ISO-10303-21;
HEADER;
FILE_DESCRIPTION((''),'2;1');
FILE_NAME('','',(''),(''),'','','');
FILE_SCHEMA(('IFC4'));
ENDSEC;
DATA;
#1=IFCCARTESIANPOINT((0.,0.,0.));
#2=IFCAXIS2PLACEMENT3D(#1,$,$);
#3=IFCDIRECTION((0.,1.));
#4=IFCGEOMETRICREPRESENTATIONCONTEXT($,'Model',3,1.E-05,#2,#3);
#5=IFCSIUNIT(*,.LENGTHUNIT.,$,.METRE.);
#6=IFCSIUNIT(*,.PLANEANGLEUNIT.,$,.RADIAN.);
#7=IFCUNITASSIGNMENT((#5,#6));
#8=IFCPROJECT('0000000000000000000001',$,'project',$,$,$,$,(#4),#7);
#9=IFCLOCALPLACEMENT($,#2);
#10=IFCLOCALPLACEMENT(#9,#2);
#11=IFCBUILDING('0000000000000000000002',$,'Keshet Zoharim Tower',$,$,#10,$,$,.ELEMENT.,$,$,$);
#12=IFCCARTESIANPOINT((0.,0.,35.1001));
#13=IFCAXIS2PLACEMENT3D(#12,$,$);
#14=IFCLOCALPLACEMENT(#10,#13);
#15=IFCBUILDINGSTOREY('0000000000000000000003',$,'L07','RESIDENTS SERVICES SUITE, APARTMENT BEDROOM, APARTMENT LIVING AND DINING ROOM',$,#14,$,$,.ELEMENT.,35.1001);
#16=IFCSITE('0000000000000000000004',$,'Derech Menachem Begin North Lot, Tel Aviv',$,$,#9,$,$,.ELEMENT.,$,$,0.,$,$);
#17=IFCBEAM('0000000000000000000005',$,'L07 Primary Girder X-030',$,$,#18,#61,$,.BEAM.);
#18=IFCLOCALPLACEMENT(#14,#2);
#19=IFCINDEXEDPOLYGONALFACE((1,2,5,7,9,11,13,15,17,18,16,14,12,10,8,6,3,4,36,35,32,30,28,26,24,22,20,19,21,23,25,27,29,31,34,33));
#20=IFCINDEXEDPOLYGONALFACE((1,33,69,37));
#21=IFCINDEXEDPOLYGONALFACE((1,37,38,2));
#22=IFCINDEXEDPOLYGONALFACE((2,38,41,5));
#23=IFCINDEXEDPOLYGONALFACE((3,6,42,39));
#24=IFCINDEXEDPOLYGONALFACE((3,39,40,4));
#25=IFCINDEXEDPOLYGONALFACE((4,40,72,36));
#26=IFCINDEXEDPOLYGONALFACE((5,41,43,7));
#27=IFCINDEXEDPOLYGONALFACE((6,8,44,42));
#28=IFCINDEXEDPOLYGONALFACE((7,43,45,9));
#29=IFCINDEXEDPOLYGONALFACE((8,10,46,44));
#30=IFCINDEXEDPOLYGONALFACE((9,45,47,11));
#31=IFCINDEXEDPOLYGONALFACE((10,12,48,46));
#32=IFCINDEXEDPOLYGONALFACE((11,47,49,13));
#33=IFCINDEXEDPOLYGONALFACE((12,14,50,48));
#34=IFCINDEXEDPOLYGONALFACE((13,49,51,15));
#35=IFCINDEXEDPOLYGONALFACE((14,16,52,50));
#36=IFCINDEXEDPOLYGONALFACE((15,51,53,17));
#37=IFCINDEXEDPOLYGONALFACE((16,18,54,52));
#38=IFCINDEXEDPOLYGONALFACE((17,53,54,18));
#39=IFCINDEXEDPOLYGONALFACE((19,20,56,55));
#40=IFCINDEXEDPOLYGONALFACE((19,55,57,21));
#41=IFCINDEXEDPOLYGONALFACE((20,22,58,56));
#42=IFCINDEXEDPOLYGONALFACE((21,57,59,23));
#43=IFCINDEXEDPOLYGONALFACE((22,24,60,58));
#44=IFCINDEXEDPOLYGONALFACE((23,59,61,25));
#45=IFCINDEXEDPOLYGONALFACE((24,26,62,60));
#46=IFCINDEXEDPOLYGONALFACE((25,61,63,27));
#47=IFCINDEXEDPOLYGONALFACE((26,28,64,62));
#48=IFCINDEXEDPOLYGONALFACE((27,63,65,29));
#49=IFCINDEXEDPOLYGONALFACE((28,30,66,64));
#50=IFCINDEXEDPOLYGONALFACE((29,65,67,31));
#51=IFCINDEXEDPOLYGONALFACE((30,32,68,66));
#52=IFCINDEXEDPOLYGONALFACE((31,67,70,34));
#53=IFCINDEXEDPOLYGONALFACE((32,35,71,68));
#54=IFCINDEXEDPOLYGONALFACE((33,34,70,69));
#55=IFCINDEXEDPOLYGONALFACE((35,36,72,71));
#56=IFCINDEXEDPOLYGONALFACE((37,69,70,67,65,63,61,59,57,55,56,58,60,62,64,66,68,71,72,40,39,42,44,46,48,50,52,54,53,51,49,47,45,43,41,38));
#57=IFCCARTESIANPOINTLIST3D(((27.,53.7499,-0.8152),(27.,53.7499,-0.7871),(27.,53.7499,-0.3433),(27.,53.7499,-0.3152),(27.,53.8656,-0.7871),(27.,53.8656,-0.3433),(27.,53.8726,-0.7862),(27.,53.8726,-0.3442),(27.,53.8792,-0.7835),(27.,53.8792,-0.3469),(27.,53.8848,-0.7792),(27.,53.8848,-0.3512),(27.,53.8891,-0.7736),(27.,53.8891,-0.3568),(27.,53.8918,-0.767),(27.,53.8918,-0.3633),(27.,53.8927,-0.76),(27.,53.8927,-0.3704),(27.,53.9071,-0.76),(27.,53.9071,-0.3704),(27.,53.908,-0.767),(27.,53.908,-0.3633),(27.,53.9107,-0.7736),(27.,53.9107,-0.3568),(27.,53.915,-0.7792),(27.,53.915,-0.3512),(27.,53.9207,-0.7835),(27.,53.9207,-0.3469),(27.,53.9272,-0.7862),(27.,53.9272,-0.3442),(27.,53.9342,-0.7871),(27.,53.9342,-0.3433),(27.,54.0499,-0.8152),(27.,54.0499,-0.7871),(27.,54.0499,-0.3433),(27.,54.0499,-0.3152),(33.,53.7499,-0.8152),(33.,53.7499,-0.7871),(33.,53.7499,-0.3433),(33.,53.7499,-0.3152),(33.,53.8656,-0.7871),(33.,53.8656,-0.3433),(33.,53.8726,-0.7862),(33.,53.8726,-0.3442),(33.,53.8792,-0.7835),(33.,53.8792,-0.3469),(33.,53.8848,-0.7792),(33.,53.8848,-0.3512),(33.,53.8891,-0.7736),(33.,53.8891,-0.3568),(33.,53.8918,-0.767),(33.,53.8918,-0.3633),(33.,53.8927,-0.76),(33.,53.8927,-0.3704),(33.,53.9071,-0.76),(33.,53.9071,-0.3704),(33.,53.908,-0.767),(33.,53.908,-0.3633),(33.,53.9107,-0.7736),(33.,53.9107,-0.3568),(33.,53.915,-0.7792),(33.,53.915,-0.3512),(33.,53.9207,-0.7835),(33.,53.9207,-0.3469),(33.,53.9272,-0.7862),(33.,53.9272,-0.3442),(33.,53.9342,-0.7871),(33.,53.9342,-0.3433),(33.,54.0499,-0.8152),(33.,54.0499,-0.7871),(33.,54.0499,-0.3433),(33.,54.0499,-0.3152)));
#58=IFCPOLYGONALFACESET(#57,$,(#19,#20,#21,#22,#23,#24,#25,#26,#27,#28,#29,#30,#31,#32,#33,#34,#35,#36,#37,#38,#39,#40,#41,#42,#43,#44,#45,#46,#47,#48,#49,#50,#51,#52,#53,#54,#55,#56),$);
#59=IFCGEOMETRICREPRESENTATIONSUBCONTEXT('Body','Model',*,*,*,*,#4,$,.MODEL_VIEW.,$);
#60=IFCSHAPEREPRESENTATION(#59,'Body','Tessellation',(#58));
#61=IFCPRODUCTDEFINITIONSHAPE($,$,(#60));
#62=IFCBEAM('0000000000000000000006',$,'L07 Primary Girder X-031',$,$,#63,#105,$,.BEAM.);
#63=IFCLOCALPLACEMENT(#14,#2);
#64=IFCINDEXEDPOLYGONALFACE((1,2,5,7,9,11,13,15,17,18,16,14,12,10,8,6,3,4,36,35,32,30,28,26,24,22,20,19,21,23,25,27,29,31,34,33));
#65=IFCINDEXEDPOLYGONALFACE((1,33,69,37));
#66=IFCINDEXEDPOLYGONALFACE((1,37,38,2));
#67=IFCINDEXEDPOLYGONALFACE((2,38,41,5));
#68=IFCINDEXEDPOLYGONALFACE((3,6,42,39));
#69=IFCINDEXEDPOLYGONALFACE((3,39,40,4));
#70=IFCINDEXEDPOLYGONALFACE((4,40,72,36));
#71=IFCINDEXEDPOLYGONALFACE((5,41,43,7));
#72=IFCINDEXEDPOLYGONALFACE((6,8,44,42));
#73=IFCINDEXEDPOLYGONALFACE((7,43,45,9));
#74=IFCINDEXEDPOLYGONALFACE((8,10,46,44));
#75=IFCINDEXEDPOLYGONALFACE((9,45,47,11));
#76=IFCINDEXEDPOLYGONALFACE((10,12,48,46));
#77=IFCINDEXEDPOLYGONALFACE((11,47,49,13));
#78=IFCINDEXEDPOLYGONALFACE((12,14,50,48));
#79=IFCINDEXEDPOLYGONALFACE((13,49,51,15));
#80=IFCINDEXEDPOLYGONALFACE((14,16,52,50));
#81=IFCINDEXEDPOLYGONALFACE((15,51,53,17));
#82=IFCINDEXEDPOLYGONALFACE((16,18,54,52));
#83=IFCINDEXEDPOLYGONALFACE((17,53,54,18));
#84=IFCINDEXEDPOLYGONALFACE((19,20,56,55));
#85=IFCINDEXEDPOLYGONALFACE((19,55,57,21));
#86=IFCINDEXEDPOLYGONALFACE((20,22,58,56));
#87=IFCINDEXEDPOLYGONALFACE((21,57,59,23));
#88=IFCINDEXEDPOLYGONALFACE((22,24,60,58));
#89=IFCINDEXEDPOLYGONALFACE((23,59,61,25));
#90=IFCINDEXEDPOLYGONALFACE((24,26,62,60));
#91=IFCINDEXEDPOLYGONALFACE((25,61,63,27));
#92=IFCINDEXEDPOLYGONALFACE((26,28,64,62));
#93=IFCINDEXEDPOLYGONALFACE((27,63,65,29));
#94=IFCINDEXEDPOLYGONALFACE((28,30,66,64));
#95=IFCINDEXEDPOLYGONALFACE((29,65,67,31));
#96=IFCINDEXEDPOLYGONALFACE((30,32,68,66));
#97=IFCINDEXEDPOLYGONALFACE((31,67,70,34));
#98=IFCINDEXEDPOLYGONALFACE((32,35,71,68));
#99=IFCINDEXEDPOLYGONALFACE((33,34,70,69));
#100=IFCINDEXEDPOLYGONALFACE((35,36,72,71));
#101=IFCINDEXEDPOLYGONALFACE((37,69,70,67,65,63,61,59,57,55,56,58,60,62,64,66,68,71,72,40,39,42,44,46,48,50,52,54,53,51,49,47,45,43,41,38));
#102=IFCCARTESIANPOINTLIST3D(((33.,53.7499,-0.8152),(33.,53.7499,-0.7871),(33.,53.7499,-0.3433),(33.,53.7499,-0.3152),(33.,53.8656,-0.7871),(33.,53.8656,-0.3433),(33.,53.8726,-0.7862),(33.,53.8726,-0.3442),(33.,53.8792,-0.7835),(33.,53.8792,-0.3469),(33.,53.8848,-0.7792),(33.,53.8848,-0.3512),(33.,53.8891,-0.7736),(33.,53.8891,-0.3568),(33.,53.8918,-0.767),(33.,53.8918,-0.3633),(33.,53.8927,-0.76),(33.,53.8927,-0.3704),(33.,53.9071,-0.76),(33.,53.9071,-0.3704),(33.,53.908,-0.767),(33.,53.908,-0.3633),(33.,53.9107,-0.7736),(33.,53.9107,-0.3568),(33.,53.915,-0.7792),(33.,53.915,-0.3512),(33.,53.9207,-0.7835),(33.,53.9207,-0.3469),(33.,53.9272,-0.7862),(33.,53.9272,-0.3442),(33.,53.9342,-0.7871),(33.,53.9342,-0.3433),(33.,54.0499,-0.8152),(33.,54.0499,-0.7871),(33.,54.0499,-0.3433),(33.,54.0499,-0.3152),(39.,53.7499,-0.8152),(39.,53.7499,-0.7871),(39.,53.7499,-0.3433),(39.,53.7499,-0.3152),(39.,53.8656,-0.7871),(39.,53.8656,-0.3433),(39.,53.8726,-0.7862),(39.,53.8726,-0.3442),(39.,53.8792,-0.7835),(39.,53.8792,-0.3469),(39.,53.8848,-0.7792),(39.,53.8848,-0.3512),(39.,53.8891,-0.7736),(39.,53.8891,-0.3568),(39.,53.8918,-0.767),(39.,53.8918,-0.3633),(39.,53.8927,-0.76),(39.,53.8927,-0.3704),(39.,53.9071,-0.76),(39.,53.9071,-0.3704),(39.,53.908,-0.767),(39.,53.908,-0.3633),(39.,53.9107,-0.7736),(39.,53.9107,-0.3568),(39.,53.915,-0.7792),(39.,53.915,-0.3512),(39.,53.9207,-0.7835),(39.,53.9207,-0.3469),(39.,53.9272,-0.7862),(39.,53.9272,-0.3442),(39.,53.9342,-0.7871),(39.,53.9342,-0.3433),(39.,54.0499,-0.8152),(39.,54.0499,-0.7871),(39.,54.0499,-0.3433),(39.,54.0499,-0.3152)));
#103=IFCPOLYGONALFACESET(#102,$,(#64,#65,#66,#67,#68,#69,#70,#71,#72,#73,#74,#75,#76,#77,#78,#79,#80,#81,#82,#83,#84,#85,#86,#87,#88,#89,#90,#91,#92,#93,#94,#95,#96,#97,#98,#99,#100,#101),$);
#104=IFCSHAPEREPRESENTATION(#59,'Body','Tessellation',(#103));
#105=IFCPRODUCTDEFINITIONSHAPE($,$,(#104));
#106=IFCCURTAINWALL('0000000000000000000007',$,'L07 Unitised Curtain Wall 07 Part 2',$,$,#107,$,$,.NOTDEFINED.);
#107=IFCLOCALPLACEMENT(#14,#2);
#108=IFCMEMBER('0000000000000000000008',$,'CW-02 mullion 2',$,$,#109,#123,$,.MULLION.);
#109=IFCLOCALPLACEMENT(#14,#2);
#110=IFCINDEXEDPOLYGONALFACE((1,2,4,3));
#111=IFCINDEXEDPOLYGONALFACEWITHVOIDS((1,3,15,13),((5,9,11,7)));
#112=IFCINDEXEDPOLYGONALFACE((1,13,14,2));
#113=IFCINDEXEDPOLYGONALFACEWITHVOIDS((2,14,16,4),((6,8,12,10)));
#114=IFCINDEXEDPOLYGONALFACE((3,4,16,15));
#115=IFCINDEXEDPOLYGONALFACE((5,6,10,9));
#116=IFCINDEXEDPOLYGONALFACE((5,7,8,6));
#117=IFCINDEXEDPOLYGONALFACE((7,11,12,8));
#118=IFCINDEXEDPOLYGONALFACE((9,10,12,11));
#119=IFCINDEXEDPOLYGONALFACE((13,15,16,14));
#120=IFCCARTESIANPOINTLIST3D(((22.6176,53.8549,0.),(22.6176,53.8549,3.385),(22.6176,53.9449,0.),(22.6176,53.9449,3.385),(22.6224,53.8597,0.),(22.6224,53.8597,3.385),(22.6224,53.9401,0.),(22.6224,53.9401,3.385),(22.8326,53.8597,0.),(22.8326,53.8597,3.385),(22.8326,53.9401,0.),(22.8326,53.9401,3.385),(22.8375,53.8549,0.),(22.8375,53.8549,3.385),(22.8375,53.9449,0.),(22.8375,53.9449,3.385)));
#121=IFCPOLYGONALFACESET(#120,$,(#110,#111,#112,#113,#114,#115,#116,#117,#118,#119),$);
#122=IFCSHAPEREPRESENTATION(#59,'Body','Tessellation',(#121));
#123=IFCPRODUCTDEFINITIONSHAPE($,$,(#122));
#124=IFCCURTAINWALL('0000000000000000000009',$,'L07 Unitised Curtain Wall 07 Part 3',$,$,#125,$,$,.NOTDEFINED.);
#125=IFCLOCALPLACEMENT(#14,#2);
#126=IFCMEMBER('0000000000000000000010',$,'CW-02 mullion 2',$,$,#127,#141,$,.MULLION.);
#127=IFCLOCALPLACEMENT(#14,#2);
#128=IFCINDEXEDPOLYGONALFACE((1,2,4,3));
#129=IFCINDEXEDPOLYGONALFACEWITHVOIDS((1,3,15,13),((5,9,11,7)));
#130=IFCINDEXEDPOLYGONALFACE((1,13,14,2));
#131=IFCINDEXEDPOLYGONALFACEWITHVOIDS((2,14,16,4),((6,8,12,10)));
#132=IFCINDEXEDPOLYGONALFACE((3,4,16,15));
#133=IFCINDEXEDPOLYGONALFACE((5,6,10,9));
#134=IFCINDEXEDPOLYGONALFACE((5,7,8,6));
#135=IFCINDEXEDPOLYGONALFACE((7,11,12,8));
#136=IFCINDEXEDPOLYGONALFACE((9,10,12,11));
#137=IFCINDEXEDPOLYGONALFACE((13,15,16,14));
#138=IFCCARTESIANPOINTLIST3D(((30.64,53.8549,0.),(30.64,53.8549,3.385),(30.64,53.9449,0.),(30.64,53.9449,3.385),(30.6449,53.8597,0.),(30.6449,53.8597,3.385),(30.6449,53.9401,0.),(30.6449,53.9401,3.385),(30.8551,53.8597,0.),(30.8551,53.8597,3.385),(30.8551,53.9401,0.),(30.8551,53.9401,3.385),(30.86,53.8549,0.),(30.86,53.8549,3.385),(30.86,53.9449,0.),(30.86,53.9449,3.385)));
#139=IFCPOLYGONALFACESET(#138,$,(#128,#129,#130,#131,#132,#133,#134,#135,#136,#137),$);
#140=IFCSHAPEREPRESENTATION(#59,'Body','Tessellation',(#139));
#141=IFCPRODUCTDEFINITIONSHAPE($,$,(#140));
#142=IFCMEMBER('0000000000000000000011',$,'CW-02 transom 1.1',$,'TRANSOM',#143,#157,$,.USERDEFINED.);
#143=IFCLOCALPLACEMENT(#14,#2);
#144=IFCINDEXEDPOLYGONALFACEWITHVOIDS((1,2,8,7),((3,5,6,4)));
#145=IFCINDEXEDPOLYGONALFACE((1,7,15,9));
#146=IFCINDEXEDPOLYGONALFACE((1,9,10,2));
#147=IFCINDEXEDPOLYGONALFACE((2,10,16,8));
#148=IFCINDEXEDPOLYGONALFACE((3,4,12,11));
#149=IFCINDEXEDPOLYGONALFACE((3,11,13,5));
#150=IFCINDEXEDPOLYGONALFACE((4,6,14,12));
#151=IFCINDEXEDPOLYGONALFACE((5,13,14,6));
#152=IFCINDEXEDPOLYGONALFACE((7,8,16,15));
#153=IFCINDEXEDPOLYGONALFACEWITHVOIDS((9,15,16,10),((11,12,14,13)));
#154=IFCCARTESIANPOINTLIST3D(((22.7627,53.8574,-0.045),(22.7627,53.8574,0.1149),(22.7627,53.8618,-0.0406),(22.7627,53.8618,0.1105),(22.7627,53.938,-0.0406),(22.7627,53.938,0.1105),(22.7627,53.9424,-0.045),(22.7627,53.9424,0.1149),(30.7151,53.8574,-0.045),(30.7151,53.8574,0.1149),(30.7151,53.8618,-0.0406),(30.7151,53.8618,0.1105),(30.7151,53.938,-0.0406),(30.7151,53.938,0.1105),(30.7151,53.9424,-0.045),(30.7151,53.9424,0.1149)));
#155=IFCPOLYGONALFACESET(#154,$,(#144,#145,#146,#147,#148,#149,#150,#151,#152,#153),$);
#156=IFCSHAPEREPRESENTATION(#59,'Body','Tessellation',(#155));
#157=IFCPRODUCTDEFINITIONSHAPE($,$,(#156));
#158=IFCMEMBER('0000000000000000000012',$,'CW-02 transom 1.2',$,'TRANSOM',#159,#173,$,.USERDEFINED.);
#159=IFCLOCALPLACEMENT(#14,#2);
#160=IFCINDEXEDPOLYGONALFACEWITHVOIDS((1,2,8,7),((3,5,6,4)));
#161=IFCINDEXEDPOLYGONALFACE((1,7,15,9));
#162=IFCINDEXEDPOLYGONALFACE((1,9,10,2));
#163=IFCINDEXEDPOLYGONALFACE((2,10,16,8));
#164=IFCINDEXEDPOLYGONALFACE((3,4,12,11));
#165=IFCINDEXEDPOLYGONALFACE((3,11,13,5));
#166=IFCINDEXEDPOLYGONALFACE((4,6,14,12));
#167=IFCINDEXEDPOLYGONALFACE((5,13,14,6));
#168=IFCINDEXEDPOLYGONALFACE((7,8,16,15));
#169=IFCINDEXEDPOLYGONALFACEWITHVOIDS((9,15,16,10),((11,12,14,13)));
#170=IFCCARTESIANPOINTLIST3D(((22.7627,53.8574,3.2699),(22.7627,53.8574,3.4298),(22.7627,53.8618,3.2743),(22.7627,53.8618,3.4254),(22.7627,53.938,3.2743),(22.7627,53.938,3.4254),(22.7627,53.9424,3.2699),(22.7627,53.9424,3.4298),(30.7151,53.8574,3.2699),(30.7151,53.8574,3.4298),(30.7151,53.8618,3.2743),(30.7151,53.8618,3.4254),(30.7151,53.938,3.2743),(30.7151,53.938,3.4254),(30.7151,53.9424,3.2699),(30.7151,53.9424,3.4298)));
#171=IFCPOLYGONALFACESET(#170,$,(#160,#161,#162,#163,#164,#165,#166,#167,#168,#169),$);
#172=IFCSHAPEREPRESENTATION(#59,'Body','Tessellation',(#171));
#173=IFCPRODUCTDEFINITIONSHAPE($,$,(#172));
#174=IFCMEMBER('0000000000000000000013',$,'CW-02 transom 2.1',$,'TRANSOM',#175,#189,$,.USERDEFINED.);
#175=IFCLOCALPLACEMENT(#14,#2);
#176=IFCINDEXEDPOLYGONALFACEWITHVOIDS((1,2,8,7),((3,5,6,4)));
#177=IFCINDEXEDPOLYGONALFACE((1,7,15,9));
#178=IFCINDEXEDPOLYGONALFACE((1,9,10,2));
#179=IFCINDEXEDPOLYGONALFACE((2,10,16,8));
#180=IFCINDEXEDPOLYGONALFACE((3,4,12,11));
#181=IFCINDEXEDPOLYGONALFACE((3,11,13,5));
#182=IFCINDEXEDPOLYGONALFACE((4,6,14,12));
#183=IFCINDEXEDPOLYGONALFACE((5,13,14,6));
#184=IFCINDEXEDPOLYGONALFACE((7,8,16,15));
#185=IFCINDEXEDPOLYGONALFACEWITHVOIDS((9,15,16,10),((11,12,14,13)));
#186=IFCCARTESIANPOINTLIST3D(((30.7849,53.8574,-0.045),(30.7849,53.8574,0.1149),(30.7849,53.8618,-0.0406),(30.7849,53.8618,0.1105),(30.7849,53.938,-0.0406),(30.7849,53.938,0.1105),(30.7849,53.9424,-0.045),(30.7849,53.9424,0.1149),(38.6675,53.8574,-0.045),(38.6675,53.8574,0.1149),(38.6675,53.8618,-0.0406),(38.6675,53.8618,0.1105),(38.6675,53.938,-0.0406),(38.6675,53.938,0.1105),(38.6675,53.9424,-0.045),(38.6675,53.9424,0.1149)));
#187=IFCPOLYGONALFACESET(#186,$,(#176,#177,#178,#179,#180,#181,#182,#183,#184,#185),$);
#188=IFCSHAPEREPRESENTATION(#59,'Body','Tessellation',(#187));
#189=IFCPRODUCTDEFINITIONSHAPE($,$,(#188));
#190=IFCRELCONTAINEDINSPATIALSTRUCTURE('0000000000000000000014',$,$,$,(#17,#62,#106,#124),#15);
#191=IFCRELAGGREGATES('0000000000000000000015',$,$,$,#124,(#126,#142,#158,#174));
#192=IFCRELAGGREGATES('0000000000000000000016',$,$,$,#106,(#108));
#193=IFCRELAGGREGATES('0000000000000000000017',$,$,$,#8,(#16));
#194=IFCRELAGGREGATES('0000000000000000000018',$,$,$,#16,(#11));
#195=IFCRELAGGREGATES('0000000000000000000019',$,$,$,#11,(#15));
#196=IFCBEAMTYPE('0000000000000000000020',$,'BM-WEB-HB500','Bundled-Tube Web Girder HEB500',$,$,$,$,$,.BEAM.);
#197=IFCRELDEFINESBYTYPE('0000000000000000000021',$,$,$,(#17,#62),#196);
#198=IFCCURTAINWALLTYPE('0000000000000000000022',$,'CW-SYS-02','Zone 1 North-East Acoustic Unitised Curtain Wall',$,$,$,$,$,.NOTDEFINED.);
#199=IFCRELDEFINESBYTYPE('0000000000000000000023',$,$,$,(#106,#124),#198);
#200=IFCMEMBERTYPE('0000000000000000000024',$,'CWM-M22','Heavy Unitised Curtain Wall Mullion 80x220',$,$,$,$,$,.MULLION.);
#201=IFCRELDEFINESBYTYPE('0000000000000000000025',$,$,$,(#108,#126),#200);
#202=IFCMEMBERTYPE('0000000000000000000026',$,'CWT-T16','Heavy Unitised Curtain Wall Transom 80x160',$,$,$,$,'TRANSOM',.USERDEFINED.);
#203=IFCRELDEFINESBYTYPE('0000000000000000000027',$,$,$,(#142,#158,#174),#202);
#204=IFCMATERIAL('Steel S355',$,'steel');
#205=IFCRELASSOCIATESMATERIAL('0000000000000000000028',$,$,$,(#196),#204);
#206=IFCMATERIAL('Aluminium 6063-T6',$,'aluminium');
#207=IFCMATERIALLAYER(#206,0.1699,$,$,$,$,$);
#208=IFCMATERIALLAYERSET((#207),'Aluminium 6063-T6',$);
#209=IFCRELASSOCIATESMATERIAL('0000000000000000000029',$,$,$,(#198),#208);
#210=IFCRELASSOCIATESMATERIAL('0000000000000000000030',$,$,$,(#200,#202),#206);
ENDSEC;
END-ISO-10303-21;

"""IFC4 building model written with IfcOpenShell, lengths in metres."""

from ifc_helpers import new_model, si_unit, direction, frame, origin, origin_2d, place, context, subcontext, project, spatial, hollow_rectangle, i_section, extrude, material, layer, layer_set, material_profile, profile_set, type_object, element, aggregate, save


model = new_model("IFC4")

# Units and contexts
model_context = context("Model", 3, precision=1e-05, world=origin(), true_north=direction((0.0, 1.0)))
body_context = subcontext(model_context, "Body", "Model", "MODEL_VIEW")
ifc_project = project(units=[si_unit("LENGTHUNIT", "METRE"), si_unit("PLANEANGLEUNIT", "RADIAN")], contexts=[model_context])

# Site, building, storey
site_placement = place(None, origin())
site = spatial("IfcSite", under=ifc_project, at=site_placement, Name="Derech Menachem Begin North Lot, Tel Aviv", CompositionType="ELEMENT", RefElevation=0.0)
building_placement = place(site_placement, origin())
building = spatial("IfcBuilding", under=site, at=building_placement, Name="Keshet Zoharim Tower", CompositionType="ELEMENT")
storey_placement = place(building_placement, frame((0.0, 0.0, 35.1001)))
storey = spatial("IfcBuildingStorey", under=building, at=storey_placement, Name="L07", Description="RESIDENTS SERVICES SUITE, APARTMENT BEDROOM, APARTMENT LIVING AND DINING ROOM", CompositionType="ELEMENT", Elevation=35.1001)

# Shared definitions
ifc_material_1 = material(Name="Steel S355", Category="steel")

# Beams
ifc_material_profile_1 = material_profile(ifc_material_1, i_section(OverallWidth=0.3, OverallDepth=0.5, WebThickness=0.0144, FlangeThickness=0.0281, FilletRadius=0.0271, at=origin_2d()), Name="HEB500")
ifc_profile_set_1 = profile_set([ifc_material_profile_1], Name="Steel S355")
beam_type = type_object("IfcBeamType", Name="BM-WEB-HB500", Description="Bundled-Tube Web Girder HEB500", PredefinedType="BEAM", material=ifc_profile_set_1)
for number, where, z_axis, x_axis, name in (
    (1, (27.0, 53.8999, -0.5652), (1.0, 0.0, 0.0), (0.0, 1.0, 0.0), "L07 Primary Girder X-030"),
    (2, (33.0, 53.8999, -0.5652), (1.0, 0.0, 0.0), (0.0, 1.0, 0.0), "L07 Primary Girder X-031"),
):
    element("IfcBeam", number, at=place(storey_placement, frame(where, z_axis=z_axis, x_axis=x_axis)), inside=storey, type_object=beam_type, Name=name, PredefinedType="BEAM", context=body_context, shape_type="SweptSolid", body=[
        extrude(i_section(OverallWidth=0.3, OverallDepth=0.5, WebThickness=0.0144, FlangeThickness=0.0281, FilletRadius=0.0271, at=origin_2d()), origin(), (0.0, 0.0, 1.0), 6.0),
    ])

# Curtain wall, member
ifc_material_2 = material(Name="Aluminium 6063-T6", Category="aluminium")
ifc_layer_1 = layer(ifc_material_2, 0.1699)
ifc_layer_set_1 = layer_set([ifc_layer_1], Name="Aluminium 6063-T6")
curtain_wall_type = type_object("IfcCurtainWallType", Name="CW-SYS-02", Description="Zone 1 North-East Acoustic Unitised Curtain Wall", PredefinedType="NOTDEFINED", material=ifc_layer_set_1)
curtain_wall_1_placement = place(storey_placement, origin())
curtain_wall_1 = element("IfcCurtainWall", 3, at=curtain_wall_1_placement, inside=storey, type_object=curtain_wall_type, Name="L07 Unitised Curtain Wall 07 Part 2", PredefinedType="NOTDEFINED")
ifc_material_profile_2 = material_profile(ifc_material_2, hollow_rectangle(XDim=0.0901, YDim=0.22, WallThickness=0.0049, at=origin_2d()), Name="MUL-90x220")
ifc_profile_set_2 = profile_set([ifc_material_profile_2], Name="Aluminium 6063-T6")
member_type_1 = type_object("IfcMemberType", Name="CWM-M22", Description="Heavy Unitised Curtain Wall Mullion 80x220", PredefinedType="MULLION", material=ifc_profile_set_2)
member_1_placement = place(storey_placement, frame((22.7275, 53.8999, 0.0), z_axis=(0.0, 0.0, 1.0), x_axis=(0.0, 1.0, 0.0)))
member_1 = element("IfcMember", 4, at=member_1_placement, type_object=member_type_1, Name="CW-02 mullion 2", PredefinedType="MULLION", context=body_context, shape_type="SweptSolid", body=[
    extrude(hollow_rectangle(XDim=0.0901, YDim=0.22, WallThickness=0.0049, at=origin_2d()), origin(), (0.0, 0.0, 1.0), 3.385),
])

# Curtain wall, members
curtain_wall_2_placement = place(storey_placement, origin())
curtain_wall_2 = element("IfcCurtainWall", 5, at=curtain_wall_2_placement, inside=storey, type_object=curtain_wall_type, Name="L07 Unitised Curtain Wall 07 Part 3", PredefinedType="NOTDEFINED")
member_2_placement = place(storey_placement, frame((30.75, 53.8999, 0.0), z_axis=(0.0, 0.0, 1.0), x_axis=(0.0, 1.0, 0.0)))
member_2 = element("IfcMember", 6, at=member_2_placement, type_object=member_type_1, Name="CW-02 mullion 2", PredefinedType="MULLION", context=body_context, shape_type="SweptSolid", body=[
    extrude(hollow_rectangle(XDim=0.0901, YDim=0.22, WallThickness=0.0049, at=origin_2d()), origin(), (0.0, 0.0, 1.0), 3.385),
])
ifc_material_profile_3 = material_profile(ifc_material_2, hollow_rectangle(XDim=0.085, YDim=0.1599, WallThickness=0.0044, at=origin_2d()), Name="TRN-85x160")
ifc_profile_set_3 = profile_set([ifc_material_profile_3], Name="Aluminium 6063-T6")
member_type_2 = type_object("IfcMemberType", Name="CWT-T16", Description="Heavy Unitised Curtain Wall Transom 80x160", ElementType="TRANSOM", PredefinedType="USERDEFINED", material=ifc_profile_set_3)
member_3_placement = place(storey_placement, frame((22.7627, 53.8999, 0.0349), z_axis=(1.0, 0.0, 0.0), x_axis=(0.0, 1.0, 0.0)))
member_3 = element("IfcMember", 7, at=member_3_placement, type_object=member_type_2, Name="CW-02 transom 1.1", ObjectType="TRANSOM", PredefinedType="USERDEFINED", context=body_context, shape_type="SweptSolid", body=[
    extrude(hollow_rectangle(XDim=0.085, YDim=0.1599, WallThickness=0.0044, at=origin_2d()), origin(), (0.0, 0.0, 1.0), 7.9524),
])
member_4_placement = place(storey_placement, frame((22.7627, 53.8999, 3.3499), z_axis=(1.0, 0.0, 0.0), x_axis=(0.0, 1.0, 0.0)))
member_4 = element("IfcMember", 8, at=member_4_placement, type_object=member_type_2, Name="CW-02 transom 1.2", ObjectType="TRANSOM", PredefinedType="USERDEFINED", context=body_context, shape_type="SweptSolid", body=[
    extrude(hollow_rectangle(XDim=0.085, YDim=0.1599, WallThickness=0.0044, at=origin_2d()), origin(), (0.0, 0.0, 1.0), 7.9524),
])
member_5_placement = place(storey_placement, frame((30.7849, 53.8999, 0.0349), z_axis=(1.0, 0.0, 0.0), x_axis=(0.0, 1.0, 0.0)))
member_5 = element("IfcMember", 9, at=member_5_placement, type_object=member_type_2, Name="CW-02 transom 2.1", ObjectType="TRANSOM", PredefinedType="USERDEFINED", context=body_context, shape_type="SweptSolid", body=[
    extrude(hollow_rectangle(XDim=0.085, YDim=0.1599, WallThickness=0.0044, at=origin_2d()), origin(), (0.0, 0.0, 1.0), 7.8826),
])
aggregate(curtain_wall_2, [member_2, member_3, member_4, member_5])

aggregate(curtain_wall_1, [member_1])

save(model, "model.ifc")
